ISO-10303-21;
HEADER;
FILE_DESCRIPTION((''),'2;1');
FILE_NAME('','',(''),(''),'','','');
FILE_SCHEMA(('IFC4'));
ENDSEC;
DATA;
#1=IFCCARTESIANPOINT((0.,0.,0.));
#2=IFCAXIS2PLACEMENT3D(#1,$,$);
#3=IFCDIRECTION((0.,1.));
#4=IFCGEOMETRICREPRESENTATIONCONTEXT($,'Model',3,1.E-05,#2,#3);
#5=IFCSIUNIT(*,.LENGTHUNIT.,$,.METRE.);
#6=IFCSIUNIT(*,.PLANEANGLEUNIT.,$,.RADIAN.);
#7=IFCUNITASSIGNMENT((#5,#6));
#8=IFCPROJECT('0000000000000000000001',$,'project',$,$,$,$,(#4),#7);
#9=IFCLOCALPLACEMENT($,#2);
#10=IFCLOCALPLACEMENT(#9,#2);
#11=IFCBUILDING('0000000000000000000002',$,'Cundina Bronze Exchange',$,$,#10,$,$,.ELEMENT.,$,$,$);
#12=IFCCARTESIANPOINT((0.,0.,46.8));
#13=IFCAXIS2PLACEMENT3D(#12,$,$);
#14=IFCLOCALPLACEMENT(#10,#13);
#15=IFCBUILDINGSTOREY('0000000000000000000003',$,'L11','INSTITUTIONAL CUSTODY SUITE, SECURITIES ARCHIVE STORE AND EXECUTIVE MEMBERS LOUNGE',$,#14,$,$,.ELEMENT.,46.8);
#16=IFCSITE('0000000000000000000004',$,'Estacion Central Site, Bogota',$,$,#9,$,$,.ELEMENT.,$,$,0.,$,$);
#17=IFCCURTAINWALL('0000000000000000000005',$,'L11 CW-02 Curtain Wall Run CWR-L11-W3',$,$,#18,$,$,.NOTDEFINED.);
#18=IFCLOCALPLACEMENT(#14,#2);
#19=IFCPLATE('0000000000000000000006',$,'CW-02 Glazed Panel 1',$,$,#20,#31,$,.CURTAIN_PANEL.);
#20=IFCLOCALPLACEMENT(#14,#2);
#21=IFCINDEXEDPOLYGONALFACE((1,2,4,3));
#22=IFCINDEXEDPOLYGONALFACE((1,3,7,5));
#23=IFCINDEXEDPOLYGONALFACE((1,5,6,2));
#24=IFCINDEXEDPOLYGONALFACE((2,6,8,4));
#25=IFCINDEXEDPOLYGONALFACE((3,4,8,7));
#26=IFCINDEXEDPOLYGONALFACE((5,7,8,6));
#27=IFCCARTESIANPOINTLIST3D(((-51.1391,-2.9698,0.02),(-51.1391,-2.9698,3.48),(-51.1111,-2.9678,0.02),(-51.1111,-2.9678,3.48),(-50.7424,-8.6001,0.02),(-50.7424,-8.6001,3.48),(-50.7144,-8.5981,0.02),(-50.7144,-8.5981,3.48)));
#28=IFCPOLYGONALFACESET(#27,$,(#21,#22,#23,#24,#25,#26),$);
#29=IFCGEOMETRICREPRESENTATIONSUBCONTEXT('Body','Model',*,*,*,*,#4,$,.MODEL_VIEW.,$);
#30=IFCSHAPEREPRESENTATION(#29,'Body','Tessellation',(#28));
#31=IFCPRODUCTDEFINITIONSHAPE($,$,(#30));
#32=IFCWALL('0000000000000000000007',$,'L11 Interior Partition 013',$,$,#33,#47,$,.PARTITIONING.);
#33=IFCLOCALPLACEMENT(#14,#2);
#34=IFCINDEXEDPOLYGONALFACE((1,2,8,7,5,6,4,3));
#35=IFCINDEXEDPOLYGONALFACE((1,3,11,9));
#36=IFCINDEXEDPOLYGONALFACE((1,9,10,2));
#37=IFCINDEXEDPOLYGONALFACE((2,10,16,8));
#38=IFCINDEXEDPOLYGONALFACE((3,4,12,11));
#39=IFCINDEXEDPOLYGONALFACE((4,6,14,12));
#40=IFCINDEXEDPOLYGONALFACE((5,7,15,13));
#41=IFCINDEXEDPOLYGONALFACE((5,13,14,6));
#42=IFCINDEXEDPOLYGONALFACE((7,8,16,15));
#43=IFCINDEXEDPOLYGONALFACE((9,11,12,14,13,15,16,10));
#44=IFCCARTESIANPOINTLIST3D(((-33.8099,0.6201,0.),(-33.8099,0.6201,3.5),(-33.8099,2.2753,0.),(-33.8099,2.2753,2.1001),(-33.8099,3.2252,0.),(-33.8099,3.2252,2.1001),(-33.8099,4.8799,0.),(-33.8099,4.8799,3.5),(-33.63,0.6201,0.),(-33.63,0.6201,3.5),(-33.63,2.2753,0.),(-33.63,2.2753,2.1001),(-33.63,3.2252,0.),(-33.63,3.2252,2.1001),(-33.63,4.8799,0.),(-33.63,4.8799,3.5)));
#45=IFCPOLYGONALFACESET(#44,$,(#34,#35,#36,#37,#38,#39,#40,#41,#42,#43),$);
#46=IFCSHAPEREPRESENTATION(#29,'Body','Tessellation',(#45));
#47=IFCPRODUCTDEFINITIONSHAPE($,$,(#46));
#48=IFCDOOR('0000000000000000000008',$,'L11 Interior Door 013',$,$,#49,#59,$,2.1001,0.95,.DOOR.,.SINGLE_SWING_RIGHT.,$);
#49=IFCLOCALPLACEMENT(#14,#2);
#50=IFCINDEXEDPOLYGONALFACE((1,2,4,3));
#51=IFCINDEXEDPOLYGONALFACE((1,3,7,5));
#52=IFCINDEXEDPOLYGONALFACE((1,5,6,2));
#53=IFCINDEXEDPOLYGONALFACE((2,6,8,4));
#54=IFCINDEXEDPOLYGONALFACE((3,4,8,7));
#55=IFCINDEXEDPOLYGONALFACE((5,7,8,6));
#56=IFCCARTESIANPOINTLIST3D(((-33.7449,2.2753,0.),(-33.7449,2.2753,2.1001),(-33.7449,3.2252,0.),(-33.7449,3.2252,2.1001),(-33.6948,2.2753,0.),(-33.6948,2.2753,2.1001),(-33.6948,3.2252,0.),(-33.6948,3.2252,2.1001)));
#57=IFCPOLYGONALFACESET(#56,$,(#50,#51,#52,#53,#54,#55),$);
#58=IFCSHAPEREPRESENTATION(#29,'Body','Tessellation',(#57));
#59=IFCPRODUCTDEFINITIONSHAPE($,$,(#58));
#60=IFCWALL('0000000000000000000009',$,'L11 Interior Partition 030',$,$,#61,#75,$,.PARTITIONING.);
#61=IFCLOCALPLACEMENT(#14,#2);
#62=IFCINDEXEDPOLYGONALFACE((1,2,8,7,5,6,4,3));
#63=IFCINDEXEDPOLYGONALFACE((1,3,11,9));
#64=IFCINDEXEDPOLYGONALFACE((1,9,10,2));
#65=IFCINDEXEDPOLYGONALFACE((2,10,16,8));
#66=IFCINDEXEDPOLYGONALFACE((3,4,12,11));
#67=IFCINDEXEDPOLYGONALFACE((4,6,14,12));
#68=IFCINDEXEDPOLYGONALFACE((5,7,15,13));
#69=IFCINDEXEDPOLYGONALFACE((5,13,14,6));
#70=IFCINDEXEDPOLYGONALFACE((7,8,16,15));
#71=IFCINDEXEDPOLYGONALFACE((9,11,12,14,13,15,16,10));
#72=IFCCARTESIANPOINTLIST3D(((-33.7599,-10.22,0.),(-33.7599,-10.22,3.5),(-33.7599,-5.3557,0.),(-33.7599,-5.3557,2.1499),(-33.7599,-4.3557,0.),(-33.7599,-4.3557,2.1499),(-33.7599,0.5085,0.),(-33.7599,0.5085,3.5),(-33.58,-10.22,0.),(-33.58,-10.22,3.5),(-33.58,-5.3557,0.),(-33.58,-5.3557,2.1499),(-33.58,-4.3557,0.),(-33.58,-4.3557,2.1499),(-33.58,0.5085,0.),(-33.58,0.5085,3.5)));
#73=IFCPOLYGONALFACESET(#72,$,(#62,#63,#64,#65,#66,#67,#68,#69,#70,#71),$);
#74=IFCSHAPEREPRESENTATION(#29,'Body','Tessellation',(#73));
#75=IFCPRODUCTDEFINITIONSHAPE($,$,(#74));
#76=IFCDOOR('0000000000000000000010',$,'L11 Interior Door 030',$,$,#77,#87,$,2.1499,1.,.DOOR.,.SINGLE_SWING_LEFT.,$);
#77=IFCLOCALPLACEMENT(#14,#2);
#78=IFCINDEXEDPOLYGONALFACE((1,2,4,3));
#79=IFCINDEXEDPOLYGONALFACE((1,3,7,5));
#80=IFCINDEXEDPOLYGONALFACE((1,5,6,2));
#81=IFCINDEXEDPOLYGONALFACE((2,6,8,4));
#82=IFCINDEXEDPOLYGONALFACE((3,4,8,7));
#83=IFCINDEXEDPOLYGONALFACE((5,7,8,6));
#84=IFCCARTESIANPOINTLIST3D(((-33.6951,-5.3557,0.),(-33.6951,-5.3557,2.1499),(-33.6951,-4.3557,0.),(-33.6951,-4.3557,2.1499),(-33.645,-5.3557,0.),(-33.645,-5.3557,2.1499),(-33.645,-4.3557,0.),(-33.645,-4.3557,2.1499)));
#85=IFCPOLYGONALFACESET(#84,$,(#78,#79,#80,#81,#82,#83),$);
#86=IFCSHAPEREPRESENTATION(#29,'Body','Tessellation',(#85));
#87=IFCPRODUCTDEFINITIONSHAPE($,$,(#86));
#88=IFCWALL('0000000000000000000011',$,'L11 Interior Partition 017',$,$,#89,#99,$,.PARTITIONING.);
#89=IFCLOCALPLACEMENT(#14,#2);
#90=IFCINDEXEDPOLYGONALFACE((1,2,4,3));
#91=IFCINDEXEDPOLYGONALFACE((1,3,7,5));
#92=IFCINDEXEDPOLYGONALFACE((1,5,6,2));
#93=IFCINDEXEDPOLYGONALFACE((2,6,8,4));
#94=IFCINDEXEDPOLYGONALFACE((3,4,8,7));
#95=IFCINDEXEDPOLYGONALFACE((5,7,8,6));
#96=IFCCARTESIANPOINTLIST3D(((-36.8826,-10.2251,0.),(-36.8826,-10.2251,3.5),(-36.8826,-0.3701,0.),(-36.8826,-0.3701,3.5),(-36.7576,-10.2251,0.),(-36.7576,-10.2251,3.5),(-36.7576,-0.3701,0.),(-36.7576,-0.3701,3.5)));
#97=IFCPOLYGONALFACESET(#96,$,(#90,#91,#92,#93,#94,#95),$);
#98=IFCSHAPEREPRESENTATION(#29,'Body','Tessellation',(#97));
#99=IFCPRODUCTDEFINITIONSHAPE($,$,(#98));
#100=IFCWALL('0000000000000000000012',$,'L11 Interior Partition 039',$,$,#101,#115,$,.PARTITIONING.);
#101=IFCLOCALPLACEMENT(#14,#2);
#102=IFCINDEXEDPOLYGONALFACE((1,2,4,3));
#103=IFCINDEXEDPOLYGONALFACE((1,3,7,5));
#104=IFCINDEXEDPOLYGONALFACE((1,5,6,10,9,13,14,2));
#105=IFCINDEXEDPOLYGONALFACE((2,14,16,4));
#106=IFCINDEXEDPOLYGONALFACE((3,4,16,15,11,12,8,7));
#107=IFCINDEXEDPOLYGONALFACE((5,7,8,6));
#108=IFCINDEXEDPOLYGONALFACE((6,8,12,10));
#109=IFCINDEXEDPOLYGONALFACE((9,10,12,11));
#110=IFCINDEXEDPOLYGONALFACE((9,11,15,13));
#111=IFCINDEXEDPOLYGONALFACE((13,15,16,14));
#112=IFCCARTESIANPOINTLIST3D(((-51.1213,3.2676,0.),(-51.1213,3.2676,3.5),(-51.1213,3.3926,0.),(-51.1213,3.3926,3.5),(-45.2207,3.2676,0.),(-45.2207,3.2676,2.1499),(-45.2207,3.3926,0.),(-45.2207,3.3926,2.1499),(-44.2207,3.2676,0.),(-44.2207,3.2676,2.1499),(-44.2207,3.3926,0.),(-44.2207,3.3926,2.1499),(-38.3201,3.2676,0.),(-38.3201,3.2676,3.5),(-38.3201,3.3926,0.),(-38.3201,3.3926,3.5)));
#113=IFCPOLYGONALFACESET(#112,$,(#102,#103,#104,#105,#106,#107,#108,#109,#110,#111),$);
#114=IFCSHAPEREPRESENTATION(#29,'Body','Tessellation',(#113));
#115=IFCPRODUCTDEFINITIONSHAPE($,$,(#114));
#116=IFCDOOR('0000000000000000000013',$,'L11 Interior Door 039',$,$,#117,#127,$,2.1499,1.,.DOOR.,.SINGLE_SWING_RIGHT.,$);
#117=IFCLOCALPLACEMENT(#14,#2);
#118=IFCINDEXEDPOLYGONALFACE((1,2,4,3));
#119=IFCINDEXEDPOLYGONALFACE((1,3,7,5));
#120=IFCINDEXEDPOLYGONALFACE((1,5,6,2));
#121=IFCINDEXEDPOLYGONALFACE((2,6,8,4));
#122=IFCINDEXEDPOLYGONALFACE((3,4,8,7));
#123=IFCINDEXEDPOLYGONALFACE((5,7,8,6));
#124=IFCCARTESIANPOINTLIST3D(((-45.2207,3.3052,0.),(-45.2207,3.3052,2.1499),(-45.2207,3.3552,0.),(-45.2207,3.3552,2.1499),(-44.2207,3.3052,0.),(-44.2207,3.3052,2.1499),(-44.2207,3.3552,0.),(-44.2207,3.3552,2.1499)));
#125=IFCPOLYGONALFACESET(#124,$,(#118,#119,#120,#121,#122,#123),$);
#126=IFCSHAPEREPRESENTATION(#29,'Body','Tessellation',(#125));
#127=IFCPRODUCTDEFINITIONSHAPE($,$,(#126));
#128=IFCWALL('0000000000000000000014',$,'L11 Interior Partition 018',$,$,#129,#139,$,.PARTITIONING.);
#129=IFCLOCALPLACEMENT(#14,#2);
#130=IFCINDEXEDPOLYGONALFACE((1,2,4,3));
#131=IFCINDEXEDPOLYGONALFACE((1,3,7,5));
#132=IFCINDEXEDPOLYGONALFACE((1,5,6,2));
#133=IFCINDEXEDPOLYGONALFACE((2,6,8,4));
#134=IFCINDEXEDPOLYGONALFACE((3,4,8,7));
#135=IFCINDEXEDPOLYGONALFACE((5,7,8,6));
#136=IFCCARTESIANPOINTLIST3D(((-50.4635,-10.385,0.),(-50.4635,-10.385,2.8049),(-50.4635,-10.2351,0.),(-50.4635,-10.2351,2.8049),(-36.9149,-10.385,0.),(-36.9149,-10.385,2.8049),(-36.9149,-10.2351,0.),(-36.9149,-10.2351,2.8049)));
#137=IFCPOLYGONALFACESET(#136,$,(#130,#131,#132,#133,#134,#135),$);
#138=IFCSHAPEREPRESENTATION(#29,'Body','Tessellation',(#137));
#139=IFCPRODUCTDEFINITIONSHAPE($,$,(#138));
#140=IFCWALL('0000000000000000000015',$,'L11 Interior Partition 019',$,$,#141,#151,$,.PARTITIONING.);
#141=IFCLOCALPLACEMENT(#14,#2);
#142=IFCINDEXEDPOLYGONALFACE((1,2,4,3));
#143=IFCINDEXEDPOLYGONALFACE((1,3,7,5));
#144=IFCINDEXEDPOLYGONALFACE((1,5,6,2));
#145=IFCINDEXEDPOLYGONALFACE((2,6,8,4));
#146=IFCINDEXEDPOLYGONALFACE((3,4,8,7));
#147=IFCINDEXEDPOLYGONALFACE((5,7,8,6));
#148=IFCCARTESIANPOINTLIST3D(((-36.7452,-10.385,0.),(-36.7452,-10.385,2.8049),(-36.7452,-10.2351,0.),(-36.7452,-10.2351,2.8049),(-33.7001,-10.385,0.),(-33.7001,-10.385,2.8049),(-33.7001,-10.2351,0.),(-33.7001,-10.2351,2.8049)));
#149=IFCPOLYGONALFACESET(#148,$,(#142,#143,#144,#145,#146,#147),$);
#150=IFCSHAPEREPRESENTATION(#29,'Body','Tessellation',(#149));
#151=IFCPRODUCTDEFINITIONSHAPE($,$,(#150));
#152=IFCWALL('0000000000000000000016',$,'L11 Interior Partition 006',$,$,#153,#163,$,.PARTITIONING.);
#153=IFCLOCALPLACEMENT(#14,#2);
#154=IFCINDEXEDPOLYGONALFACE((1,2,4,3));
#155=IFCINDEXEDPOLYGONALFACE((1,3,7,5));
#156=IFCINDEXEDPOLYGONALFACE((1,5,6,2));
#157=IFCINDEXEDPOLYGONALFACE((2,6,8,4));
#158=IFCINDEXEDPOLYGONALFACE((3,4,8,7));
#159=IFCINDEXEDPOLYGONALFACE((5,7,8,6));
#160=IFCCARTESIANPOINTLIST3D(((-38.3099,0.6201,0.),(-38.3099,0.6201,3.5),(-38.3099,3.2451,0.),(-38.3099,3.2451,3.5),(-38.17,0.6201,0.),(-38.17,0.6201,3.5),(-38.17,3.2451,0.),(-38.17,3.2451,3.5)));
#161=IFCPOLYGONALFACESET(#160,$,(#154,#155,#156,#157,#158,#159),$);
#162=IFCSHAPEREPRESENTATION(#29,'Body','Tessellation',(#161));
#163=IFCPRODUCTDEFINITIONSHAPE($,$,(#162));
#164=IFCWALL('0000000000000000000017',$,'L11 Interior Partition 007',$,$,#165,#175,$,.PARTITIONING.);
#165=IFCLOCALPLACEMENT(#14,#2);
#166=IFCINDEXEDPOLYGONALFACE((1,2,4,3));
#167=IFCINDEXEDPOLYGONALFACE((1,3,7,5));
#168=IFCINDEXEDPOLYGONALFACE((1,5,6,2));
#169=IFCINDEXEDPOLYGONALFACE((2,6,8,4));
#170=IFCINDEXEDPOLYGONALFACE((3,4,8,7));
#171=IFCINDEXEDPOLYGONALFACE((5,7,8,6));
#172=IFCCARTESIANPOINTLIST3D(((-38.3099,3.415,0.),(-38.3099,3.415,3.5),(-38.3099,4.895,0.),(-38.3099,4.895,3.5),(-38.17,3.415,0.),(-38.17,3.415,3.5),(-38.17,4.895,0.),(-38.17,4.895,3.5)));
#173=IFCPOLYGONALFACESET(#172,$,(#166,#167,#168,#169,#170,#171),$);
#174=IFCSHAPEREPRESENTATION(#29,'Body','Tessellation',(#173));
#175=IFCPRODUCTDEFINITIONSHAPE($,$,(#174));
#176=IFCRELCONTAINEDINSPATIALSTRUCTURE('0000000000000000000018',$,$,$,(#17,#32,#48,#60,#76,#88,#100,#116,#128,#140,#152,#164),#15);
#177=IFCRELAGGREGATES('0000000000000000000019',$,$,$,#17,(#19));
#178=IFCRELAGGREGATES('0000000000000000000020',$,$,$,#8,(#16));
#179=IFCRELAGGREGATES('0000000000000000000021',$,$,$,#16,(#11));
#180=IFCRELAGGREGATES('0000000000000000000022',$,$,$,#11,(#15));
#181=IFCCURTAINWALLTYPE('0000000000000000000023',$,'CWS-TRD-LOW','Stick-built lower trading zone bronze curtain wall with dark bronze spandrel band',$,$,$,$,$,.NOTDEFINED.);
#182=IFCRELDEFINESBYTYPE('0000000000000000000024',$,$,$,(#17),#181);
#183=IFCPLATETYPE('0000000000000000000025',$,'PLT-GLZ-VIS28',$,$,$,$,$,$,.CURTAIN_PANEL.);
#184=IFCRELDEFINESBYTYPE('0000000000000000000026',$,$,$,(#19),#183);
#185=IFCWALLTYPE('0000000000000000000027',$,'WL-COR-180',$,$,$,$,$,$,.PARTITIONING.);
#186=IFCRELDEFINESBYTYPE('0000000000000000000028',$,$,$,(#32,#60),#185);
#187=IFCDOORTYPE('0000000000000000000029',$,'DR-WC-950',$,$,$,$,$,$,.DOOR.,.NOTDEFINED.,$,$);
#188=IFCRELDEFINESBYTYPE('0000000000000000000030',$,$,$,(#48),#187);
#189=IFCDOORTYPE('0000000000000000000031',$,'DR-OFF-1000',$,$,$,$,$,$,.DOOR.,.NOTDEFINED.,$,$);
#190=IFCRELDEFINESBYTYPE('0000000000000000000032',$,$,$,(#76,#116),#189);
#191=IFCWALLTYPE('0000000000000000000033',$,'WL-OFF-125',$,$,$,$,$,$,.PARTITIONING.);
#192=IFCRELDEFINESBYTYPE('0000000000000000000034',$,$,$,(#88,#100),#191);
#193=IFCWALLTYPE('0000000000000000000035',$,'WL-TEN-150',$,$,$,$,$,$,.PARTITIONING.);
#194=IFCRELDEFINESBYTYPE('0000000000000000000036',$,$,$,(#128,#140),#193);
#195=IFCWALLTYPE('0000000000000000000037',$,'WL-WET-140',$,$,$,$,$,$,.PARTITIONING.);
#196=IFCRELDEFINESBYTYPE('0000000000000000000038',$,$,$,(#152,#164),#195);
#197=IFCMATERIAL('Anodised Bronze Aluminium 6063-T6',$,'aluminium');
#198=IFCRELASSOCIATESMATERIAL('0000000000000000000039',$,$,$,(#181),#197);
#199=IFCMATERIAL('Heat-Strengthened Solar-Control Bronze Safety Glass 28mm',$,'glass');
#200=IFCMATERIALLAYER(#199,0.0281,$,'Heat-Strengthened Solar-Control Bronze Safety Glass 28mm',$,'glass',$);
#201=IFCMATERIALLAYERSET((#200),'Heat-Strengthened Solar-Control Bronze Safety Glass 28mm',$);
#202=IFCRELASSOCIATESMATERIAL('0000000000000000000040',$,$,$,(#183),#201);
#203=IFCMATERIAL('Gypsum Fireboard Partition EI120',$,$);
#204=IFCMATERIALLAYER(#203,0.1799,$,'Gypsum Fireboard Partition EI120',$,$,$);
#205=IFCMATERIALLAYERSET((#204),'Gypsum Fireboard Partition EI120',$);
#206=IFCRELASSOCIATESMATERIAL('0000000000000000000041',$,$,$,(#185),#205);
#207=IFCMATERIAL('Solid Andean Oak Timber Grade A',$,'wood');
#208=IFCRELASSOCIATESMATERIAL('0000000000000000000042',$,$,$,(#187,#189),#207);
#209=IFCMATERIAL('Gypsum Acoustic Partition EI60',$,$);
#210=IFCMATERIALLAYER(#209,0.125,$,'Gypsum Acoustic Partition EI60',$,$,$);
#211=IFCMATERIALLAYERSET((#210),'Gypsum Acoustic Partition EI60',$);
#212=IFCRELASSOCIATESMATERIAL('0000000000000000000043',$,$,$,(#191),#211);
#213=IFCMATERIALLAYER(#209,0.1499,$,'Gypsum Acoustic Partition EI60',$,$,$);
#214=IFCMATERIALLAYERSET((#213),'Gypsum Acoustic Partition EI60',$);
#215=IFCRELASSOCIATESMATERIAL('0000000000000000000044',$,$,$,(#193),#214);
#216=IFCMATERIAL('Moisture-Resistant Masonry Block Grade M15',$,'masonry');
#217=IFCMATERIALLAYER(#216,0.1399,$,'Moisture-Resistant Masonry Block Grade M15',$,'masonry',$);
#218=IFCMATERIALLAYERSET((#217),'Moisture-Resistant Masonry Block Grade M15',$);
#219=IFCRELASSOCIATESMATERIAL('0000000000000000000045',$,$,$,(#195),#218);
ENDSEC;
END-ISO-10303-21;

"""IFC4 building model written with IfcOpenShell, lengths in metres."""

from ifc_helpers import new_model, si_unit, direction, frame, frame_2d, origin, origin_2d, place, context, subcontext, project, spatial, rectangle, extrude, material, layer, layer_set, type_object, element, fill, aggregate, save


model = new_model("IFC4")

# Units and contexts
model_context = context("Model", 3, precision=1e-05, world=origin(), true_north=direction((0.0, 1.0)))
body_context = subcontext(model_context, "Body", "Model", "MODEL_VIEW")
ifc_project = project(units=[si_unit("LENGTHUNIT", "METRE"), si_unit("PLANEANGLEUNIT", "RADIAN")], contexts=[model_context])

# Site, building, storey
site_placement = place(None, origin())
site = spatial("IfcSite", under=ifc_project, at=site_placement, Name="Estacion Central Site, Bogota", CompositionType="ELEMENT", RefElevation=0.0)
building_placement = place(site_placement, origin())
building = spatial("IfcBuilding", under=site, at=building_placement, Name="Cundina Bronze Exchange", CompositionType="ELEMENT")
storey_placement = place(building_placement, frame((0.0, 0.0, 46.8)))
storey = spatial("IfcBuildingStorey", under=building, at=storey_placement, Name="L11", Description="INSTITUTIONAL CUSTODY SUITE, SECURITIES ARCHIVE STORE AND EXECUTIVE MEMBERS LOUNGE", CompositionType="ELEMENT", Elevation=46.8)

# Curtain wall
ifc_material_1 = material(Name="Anodised Bronze Aluminium 6063-T6", Category="aluminium")
curtain_wall_type = type_object("IfcCurtainWallType", Name="CWS-TRD-LOW", Description="Stick-built lower trading zone bronze curtain wall with dark bronze spandrel band", PredefinedType="NOTDEFINED", material=ifc_material_1)
curtain_wall_1_placement = place(storey_placement, origin())
curtain_wall_1 = element("IfcCurtainWall", 1, at=curtain_wall_1_placement, inside=storey, type_object=curtain_wall_type, Name="L11 CW-02 Curtain Wall Run CWR-L11-W3", PredefinedType="NOTDEFINED")

# Plate
ifc_material_2 = material(Name="Heat-Strengthened Solar-Control Bronze Safety Glass 28mm", Category="glass")
ifc_layer_1 = layer(ifc_material_2, 0.0281, Name="Heat-Strengthened Solar-Control Bronze Safety Glass 28mm", Category="glass")
ifc_layer_set_1 = layer_set([ifc_layer_1], Name="Heat-Strengthened Solar-Control Bronze Safety Glass 28mm")
plate_type = type_object("IfcPlateType", Name="PLT-GLZ-VIS28", PredefinedType="CURTAIN_PANEL", material=ifc_layer_set_1)
plate_1_placement = place(storey_placement, frame((-50.9268, -5.7839, 0.02), z_axis=(0.0, 0.0, 1.0), x_axis=(0.070279, -0.997527, 0.0)))
plate_1 = element("IfcPlate", 2, at=plate_1_placement, type_object=plate_type, Name="CW-02 Glazed Panel 1", PredefinedType="CURTAIN_PANEL", context=body_context, shape_type="SweptSolid", body=[
    extrude(rectangle(XDim=5.6443, YDim=0.0281, at=origin_2d()), origin(), (0.0, 0.0, 1.0), 3.46),
])
aggregate(curtain_wall_1, [plate_1])

# Walls, openings, doors
ifc_material_3 = material(Name="Gypsum Fireboard Partition EI120")
ifc_layer_2 = layer(ifc_material_3, 0.1799, Name="Gypsum Fireboard Partition EI120")
ifc_layer_set_2 = layer_set([ifc_layer_2], Name="Gypsum Fireboard Partition EI120")
wall_type_1 = type_object("IfcWallType", Name="WL-COR-180", PredefinedType="PARTITIONING", material=ifc_layer_set_2)
wall_1_placement = place(storey_placement, frame((-33.72, 0.6201, 0.0), z_axis=(0.0, 0.0, 1.0), x_axis=(0.0, 1.0, 0.0)))
wall_1 = element("IfcWall", 3, at=wall_1_placement, inside=storey, type_object=wall_type_1, Name="L11 Interior Partition 013", PredefinedType="PARTITIONING", context=body_context, shape_type="SweptSolid", body=[
    extrude(rectangle(XDim=4.2598, YDim=0.1799, at=frame_2d((2.1299, 0.0))), origin(), (0.0, 0.0, 1.0), 3.5),
])
opening_1_placement = place(wall_1_placement, frame((1.655, 0.0, 0.0)))
opening_1 = element("IfcOpeningElement", 4, at=opening_1_placement, cuts=wall_1, PredefinedType="OPENING", context=body_context, shape_type="SweptSolid", body=[
    extrude(rectangle(XDim=0.95, YDim=2.1001, at=frame_2d((0.4751, 1.05))), frame((0.0, 0.0999, 0.0), z_axis=(0.0, -1.0, 0.0), x_axis=(1.0, 0.0, 0.0)), (0.0, 0.0, 1.0), 0.2),
])
ifc_material_4 = material(Name="Solid Andean Oak Timber Grade A", Category="wood")
door_type_1 = type_object("IfcDoorType", Name="DR-WC-950", OperationType="NOTDEFINED", PredefinedType="DOOR", material=ifc_material_4)
door_1_placement = place(opening_1_placement, origin())
door_1 = element("IfcDoor", 5, at=door_1_placement, inside=storey, type_object=door_type_1, Name="L11 Interior Door 013", OperationType="SINGLE_SWING_RIGHT", OverallHeight=2.1001, OverallWidth=0.95, PredefinedType="DOOR", context=body_context, shape_type="SweptSolid", body=[
    extrude(rectangle(XDim=0.95, YDim=2.1001, at=frame_2d((0.4751, 1.05))), frame((0.0, 0.0249, 0.0), z_axis=(0.0, -1.0, 0.0), x_axis=(1.0, 0.0, 0.0)), (0.0, 0.0, 1.0), 0.05),
])
fill(opening_1, door_1)
wall_2_placement = place(storey_placement, frame((-33.6699, 0.5085, 0.0), z_axis=(0.0, 0.0, 1.0), x_axis=(0.0, -1.0, 0.0)))
wall_2 = element("IfcWall", 6, at=wall_2_placement, inside=storey, type_object=wall_type_1, Name="L11 Interior Partition 030", PredefinedType="PARTITIONING", context=body_context, shape_type="SweptSolid", body=[
    extrude(rectangle(XDim=10.7285, YDim=0.1799, at=frame_2d((5.3643, 0.0))), origin(), (0.0, 0.0, 1.0), 3.5),
])
opening_2_placement = place(wall_2_placement, frame((4.8643, 0.0, 0.0)))
opening_2 = element("IfcOpeningElement", 7, at=opening_2_placement, cuts=wall_2, PredefinedType="OPENING", context=body_context, shape_type="SweptSolid", body=[
    extrude(rectangle(XDim=1.0, YDim=2.1499, at=frame_2d((0.5, 1.075))), frame((0.0, 0.0999, 0.0), z_axis=(0.0, -1.0, 0.0), x_axis=(1.0, 0.0, 0.0)), (0.0, 0.0, 1.0), 0.2),
])
door_type_2 = type_object("IfcDoorType", Name="DR-OFF-1000", OperationType="NOTDEFINED", PredefinedType="DOOR", material=ifc_material_4)
door_2_placement = place(opening_2_placement, origin())
door_2 = element("IfcDoor", 8, at=door_2_placement, inside=storey, type_object=door_type_2, Name="L11 Interior Door 030", OperationType="SINGLE_SWING_LEFT", OverallHeight=2.1499, OverallWidth=1.0, PredefinedType="DOOR", context=body_context, shape_type="SweptSolid", body=[
    extrude(rectangle(XDim=1.0, YDim=2.1499, at=frame_2d((0.5, 1.075))), frame((0.0, 0.0249, 0.0), z_axis=(0.0, -1.0, 0.0), x_axis=(1.0, 0.0, 0.0)), (0.0, 0.0, 1.0), 0.05),
])
fill(opening_2, door_2)

# Wall
ifc_material_5 = material(Name="Gypsum Acoustic Partition EI60")
ifc_layer_3 = layer(ifc_material_5, 0.125, Name="Gypsum Acoustic Partition EI60")
ifc_layer_set_3 = layer_set([ifc_layer_3], Name="Gypsum Acoustic Partition EI60")
wall_type_2 = type_object("IfcWallType", Name="WL-OFF-125", PredefinedType="PARTITIONING", material=ifc_layer_set_3)
wall_3_placement = place(storey_placement, frame((-36.8201, -10.2251, 0.0), z_axis=(0.0, 0.0, 1.0), x_axis=(0.0, 1.0, 0.0)))
element("IfcWall", 9, at=wall_3_placement, inside=storey, type_object=wall_type_2, Name="L11 Interior Partition 017", PredefinedType="PARTITIONING", context=body_context, shape_type="SweptSolid", body=[
    extrude(rectangle(XDim=9.855, YDim=0.125, at=frame_2d((4.9275, 0.0))), origin(), (0.0, 0.0, 1.0), 3.5),
])

# Wall, opening, door
wall_4_placement = place(storey_placement, frame((-38.3201, 3.3301, 0.0), z_axis=(0.0, 0.0, 1.0), x_axis=(-1.0, 0.0, 0.0)))
wall_4 = element("IfcWall", 10, at=wall_4_placement, inside=storey, type_object=wall_type_2, Name="L11 Interior Partition 039", PredefinedType="PARTITIONING", context=body_context, shape_type="SweptSolid", body=[
    extrude(rectangle(XDim=12.8013, YDim=0.125, at=frame_2d((6.4006, 0.0))), origin(), (0.0, 0.0, 1.0), 3.5),
])
opening_3_placement = place(wall_4_placement, frame((5.9006, 0.0, 0.0)))
opening_3 = element("IfcOpeningElement", 11, at=opening_3_placement, cuts=wall_4, PredefinedType="OPENING", context=body_context, shape_type="SweptSolid", body=[
    extrude(rectangle(XDim=1.0, YDim=2.1499, at=frame_2d((0.5, 1.075))), frame((0.0, 0.0725, 0.0), z_axis=(0.0, -1.0, 0.0), x_axis=(1.0, 0.0, 0.0)), (0.0, 0.0, 1.0), 0.145),
])
door_3_placement = place(opening_3_placement, origin())
door_3 = element("IfcDoor", 12, at=door_3_placement, inside=storey, type_object=door_type_2, Name="L11 Interior Door 039", OperationType="SINGLE_SWING_RIGHT", OverallHeight=2.1499, OverallWidth=1.0, PredefinedType="DOOR", context=body_context, shape_type="SweptSolid", body=[
    extrude(rectangle(XDim=1.0, YDim=2.1499, at=frame_2d((0.5, 1.075))), frame((0.0, 0.0249, 0.0), z_axis=(0.0, -1.0, 0.0), x_axis=(1.0, 0.0, 0.0)), (0.0, 0.0, 1.0), 0.05),
])
fill(opening_3, door_3)

# Walls
ifc_layer_4 = layer(ifc_material_5, 0.1499, Name="Gypsum Acoustic Partition EI60")
ifc_layer_set_4 = layer_set([ifc_layer_4], Name="Gypsum Acoustic Partition EI60")
wall_type_3 = type_object("IfcWallType", Name="WL-TEN-150", PredefinedType="PARTITIONING", material=ifc_layer_set_4)
wall_5_placement = place(storey_placement, frame((-50.4636, -10.3101, 0.0), z_axis=(0.0, 0.0, 1.0), x_axis=(1.0, 0.0, 0.0)))
element("IfcWall", 13, at=wall_5_placement, inside=storey, type_object=wall_type_3, Name="L11 Interior Partition 018", PredefinedType="PARTITIONING", context=body_context, shape_type="SweptSolid", body=[
    extrude(rectangle(XDim=13.5486, YDim=0.1499, at=frame_2d((6.7744, 0.0))), origin(), (0.0, 0.0, 1.0), 2.8049),
])
wall_6_placement = place(storey_placement, frame((-36.7451, -10.3101, 0.0), z_axis=(0.0, 0.0, 1.0), x_axis=(1.0, 0.0, 0.0)))
element("IfcWall", 14, at=wall_6_placement, inside=storey, type_object=wall_type_3, Name="L11 Interior Partition 019", PredefinedType="PARTITIONING", context=body_context, shape_type="SweptSolid", body=[
    extrude(rectangle(XDim=3.0452, YDim=0.1499, at=frame_2d((1.5225, 0.0))), origin(), (0.0, 0.0, 1.0), 2.8049),
])
ifc_material_6 = material(Name="Moisture-Resistant Masonry Block Grade M15", Category="masonry")
ifc_layer_5 = layer(ifc_material_6, 0.1399, Name="Moisture-Resistant Masonry Block Grade M15", Category="masonry")
ifc_layer_set_5 = layer_set([ifc_layer_5], Name="Moisture-Resistant Masonry Block Grade M15")
wall_type_4 = type_object("IfcWallType", Name="WL-WET-140", PredefinedType="PARTITIONING", material=ifc_layer_set_5)
wall_7_placement = place(storey_placement, frame((-38.24, 0.6201, 0.0), z_axis=(0.0, 0.0, 1.0), x_axis=(0.0, 1.0, 0.0)))
element("IfcWall", 15, at=wall_7_placement, inside=storey, type_object=wall_type_4, Name="L11 Interior Partition 006", PredefinedType="PARTITIONING", context=body_context, shape_type="SweptSolid", body=[
    extrude(rectangle(XDim=2.625, YDim=0.1399, at=frame_2d((1.3125, 0.0))), origin(), (0.0, 0.0, 1.0), 3.5),
])
wall_8_placement = place(storey_placement, frame((-38.24, 3.415, 0.0), z_axis=(0.0, 0.0, 1.0), x_axis=(0.0, 1.0, 0.0)))
element("IfcWall", 16, at=wall_8_placement, inside=storey, type_object=wall_type_4, Name="L11 Interior Partition 007", PredefinedType="PARTITIONING", context=body_context, shape_type="SweptSolid", body=[
    extrude(rectangle(XDim=1.48, YDim=0.1399, at=frame_2d((0.74, 0.0))), origin(), (0.0, 0.0, 1.0), 3.5),
])

save(model, "model.ifc")
